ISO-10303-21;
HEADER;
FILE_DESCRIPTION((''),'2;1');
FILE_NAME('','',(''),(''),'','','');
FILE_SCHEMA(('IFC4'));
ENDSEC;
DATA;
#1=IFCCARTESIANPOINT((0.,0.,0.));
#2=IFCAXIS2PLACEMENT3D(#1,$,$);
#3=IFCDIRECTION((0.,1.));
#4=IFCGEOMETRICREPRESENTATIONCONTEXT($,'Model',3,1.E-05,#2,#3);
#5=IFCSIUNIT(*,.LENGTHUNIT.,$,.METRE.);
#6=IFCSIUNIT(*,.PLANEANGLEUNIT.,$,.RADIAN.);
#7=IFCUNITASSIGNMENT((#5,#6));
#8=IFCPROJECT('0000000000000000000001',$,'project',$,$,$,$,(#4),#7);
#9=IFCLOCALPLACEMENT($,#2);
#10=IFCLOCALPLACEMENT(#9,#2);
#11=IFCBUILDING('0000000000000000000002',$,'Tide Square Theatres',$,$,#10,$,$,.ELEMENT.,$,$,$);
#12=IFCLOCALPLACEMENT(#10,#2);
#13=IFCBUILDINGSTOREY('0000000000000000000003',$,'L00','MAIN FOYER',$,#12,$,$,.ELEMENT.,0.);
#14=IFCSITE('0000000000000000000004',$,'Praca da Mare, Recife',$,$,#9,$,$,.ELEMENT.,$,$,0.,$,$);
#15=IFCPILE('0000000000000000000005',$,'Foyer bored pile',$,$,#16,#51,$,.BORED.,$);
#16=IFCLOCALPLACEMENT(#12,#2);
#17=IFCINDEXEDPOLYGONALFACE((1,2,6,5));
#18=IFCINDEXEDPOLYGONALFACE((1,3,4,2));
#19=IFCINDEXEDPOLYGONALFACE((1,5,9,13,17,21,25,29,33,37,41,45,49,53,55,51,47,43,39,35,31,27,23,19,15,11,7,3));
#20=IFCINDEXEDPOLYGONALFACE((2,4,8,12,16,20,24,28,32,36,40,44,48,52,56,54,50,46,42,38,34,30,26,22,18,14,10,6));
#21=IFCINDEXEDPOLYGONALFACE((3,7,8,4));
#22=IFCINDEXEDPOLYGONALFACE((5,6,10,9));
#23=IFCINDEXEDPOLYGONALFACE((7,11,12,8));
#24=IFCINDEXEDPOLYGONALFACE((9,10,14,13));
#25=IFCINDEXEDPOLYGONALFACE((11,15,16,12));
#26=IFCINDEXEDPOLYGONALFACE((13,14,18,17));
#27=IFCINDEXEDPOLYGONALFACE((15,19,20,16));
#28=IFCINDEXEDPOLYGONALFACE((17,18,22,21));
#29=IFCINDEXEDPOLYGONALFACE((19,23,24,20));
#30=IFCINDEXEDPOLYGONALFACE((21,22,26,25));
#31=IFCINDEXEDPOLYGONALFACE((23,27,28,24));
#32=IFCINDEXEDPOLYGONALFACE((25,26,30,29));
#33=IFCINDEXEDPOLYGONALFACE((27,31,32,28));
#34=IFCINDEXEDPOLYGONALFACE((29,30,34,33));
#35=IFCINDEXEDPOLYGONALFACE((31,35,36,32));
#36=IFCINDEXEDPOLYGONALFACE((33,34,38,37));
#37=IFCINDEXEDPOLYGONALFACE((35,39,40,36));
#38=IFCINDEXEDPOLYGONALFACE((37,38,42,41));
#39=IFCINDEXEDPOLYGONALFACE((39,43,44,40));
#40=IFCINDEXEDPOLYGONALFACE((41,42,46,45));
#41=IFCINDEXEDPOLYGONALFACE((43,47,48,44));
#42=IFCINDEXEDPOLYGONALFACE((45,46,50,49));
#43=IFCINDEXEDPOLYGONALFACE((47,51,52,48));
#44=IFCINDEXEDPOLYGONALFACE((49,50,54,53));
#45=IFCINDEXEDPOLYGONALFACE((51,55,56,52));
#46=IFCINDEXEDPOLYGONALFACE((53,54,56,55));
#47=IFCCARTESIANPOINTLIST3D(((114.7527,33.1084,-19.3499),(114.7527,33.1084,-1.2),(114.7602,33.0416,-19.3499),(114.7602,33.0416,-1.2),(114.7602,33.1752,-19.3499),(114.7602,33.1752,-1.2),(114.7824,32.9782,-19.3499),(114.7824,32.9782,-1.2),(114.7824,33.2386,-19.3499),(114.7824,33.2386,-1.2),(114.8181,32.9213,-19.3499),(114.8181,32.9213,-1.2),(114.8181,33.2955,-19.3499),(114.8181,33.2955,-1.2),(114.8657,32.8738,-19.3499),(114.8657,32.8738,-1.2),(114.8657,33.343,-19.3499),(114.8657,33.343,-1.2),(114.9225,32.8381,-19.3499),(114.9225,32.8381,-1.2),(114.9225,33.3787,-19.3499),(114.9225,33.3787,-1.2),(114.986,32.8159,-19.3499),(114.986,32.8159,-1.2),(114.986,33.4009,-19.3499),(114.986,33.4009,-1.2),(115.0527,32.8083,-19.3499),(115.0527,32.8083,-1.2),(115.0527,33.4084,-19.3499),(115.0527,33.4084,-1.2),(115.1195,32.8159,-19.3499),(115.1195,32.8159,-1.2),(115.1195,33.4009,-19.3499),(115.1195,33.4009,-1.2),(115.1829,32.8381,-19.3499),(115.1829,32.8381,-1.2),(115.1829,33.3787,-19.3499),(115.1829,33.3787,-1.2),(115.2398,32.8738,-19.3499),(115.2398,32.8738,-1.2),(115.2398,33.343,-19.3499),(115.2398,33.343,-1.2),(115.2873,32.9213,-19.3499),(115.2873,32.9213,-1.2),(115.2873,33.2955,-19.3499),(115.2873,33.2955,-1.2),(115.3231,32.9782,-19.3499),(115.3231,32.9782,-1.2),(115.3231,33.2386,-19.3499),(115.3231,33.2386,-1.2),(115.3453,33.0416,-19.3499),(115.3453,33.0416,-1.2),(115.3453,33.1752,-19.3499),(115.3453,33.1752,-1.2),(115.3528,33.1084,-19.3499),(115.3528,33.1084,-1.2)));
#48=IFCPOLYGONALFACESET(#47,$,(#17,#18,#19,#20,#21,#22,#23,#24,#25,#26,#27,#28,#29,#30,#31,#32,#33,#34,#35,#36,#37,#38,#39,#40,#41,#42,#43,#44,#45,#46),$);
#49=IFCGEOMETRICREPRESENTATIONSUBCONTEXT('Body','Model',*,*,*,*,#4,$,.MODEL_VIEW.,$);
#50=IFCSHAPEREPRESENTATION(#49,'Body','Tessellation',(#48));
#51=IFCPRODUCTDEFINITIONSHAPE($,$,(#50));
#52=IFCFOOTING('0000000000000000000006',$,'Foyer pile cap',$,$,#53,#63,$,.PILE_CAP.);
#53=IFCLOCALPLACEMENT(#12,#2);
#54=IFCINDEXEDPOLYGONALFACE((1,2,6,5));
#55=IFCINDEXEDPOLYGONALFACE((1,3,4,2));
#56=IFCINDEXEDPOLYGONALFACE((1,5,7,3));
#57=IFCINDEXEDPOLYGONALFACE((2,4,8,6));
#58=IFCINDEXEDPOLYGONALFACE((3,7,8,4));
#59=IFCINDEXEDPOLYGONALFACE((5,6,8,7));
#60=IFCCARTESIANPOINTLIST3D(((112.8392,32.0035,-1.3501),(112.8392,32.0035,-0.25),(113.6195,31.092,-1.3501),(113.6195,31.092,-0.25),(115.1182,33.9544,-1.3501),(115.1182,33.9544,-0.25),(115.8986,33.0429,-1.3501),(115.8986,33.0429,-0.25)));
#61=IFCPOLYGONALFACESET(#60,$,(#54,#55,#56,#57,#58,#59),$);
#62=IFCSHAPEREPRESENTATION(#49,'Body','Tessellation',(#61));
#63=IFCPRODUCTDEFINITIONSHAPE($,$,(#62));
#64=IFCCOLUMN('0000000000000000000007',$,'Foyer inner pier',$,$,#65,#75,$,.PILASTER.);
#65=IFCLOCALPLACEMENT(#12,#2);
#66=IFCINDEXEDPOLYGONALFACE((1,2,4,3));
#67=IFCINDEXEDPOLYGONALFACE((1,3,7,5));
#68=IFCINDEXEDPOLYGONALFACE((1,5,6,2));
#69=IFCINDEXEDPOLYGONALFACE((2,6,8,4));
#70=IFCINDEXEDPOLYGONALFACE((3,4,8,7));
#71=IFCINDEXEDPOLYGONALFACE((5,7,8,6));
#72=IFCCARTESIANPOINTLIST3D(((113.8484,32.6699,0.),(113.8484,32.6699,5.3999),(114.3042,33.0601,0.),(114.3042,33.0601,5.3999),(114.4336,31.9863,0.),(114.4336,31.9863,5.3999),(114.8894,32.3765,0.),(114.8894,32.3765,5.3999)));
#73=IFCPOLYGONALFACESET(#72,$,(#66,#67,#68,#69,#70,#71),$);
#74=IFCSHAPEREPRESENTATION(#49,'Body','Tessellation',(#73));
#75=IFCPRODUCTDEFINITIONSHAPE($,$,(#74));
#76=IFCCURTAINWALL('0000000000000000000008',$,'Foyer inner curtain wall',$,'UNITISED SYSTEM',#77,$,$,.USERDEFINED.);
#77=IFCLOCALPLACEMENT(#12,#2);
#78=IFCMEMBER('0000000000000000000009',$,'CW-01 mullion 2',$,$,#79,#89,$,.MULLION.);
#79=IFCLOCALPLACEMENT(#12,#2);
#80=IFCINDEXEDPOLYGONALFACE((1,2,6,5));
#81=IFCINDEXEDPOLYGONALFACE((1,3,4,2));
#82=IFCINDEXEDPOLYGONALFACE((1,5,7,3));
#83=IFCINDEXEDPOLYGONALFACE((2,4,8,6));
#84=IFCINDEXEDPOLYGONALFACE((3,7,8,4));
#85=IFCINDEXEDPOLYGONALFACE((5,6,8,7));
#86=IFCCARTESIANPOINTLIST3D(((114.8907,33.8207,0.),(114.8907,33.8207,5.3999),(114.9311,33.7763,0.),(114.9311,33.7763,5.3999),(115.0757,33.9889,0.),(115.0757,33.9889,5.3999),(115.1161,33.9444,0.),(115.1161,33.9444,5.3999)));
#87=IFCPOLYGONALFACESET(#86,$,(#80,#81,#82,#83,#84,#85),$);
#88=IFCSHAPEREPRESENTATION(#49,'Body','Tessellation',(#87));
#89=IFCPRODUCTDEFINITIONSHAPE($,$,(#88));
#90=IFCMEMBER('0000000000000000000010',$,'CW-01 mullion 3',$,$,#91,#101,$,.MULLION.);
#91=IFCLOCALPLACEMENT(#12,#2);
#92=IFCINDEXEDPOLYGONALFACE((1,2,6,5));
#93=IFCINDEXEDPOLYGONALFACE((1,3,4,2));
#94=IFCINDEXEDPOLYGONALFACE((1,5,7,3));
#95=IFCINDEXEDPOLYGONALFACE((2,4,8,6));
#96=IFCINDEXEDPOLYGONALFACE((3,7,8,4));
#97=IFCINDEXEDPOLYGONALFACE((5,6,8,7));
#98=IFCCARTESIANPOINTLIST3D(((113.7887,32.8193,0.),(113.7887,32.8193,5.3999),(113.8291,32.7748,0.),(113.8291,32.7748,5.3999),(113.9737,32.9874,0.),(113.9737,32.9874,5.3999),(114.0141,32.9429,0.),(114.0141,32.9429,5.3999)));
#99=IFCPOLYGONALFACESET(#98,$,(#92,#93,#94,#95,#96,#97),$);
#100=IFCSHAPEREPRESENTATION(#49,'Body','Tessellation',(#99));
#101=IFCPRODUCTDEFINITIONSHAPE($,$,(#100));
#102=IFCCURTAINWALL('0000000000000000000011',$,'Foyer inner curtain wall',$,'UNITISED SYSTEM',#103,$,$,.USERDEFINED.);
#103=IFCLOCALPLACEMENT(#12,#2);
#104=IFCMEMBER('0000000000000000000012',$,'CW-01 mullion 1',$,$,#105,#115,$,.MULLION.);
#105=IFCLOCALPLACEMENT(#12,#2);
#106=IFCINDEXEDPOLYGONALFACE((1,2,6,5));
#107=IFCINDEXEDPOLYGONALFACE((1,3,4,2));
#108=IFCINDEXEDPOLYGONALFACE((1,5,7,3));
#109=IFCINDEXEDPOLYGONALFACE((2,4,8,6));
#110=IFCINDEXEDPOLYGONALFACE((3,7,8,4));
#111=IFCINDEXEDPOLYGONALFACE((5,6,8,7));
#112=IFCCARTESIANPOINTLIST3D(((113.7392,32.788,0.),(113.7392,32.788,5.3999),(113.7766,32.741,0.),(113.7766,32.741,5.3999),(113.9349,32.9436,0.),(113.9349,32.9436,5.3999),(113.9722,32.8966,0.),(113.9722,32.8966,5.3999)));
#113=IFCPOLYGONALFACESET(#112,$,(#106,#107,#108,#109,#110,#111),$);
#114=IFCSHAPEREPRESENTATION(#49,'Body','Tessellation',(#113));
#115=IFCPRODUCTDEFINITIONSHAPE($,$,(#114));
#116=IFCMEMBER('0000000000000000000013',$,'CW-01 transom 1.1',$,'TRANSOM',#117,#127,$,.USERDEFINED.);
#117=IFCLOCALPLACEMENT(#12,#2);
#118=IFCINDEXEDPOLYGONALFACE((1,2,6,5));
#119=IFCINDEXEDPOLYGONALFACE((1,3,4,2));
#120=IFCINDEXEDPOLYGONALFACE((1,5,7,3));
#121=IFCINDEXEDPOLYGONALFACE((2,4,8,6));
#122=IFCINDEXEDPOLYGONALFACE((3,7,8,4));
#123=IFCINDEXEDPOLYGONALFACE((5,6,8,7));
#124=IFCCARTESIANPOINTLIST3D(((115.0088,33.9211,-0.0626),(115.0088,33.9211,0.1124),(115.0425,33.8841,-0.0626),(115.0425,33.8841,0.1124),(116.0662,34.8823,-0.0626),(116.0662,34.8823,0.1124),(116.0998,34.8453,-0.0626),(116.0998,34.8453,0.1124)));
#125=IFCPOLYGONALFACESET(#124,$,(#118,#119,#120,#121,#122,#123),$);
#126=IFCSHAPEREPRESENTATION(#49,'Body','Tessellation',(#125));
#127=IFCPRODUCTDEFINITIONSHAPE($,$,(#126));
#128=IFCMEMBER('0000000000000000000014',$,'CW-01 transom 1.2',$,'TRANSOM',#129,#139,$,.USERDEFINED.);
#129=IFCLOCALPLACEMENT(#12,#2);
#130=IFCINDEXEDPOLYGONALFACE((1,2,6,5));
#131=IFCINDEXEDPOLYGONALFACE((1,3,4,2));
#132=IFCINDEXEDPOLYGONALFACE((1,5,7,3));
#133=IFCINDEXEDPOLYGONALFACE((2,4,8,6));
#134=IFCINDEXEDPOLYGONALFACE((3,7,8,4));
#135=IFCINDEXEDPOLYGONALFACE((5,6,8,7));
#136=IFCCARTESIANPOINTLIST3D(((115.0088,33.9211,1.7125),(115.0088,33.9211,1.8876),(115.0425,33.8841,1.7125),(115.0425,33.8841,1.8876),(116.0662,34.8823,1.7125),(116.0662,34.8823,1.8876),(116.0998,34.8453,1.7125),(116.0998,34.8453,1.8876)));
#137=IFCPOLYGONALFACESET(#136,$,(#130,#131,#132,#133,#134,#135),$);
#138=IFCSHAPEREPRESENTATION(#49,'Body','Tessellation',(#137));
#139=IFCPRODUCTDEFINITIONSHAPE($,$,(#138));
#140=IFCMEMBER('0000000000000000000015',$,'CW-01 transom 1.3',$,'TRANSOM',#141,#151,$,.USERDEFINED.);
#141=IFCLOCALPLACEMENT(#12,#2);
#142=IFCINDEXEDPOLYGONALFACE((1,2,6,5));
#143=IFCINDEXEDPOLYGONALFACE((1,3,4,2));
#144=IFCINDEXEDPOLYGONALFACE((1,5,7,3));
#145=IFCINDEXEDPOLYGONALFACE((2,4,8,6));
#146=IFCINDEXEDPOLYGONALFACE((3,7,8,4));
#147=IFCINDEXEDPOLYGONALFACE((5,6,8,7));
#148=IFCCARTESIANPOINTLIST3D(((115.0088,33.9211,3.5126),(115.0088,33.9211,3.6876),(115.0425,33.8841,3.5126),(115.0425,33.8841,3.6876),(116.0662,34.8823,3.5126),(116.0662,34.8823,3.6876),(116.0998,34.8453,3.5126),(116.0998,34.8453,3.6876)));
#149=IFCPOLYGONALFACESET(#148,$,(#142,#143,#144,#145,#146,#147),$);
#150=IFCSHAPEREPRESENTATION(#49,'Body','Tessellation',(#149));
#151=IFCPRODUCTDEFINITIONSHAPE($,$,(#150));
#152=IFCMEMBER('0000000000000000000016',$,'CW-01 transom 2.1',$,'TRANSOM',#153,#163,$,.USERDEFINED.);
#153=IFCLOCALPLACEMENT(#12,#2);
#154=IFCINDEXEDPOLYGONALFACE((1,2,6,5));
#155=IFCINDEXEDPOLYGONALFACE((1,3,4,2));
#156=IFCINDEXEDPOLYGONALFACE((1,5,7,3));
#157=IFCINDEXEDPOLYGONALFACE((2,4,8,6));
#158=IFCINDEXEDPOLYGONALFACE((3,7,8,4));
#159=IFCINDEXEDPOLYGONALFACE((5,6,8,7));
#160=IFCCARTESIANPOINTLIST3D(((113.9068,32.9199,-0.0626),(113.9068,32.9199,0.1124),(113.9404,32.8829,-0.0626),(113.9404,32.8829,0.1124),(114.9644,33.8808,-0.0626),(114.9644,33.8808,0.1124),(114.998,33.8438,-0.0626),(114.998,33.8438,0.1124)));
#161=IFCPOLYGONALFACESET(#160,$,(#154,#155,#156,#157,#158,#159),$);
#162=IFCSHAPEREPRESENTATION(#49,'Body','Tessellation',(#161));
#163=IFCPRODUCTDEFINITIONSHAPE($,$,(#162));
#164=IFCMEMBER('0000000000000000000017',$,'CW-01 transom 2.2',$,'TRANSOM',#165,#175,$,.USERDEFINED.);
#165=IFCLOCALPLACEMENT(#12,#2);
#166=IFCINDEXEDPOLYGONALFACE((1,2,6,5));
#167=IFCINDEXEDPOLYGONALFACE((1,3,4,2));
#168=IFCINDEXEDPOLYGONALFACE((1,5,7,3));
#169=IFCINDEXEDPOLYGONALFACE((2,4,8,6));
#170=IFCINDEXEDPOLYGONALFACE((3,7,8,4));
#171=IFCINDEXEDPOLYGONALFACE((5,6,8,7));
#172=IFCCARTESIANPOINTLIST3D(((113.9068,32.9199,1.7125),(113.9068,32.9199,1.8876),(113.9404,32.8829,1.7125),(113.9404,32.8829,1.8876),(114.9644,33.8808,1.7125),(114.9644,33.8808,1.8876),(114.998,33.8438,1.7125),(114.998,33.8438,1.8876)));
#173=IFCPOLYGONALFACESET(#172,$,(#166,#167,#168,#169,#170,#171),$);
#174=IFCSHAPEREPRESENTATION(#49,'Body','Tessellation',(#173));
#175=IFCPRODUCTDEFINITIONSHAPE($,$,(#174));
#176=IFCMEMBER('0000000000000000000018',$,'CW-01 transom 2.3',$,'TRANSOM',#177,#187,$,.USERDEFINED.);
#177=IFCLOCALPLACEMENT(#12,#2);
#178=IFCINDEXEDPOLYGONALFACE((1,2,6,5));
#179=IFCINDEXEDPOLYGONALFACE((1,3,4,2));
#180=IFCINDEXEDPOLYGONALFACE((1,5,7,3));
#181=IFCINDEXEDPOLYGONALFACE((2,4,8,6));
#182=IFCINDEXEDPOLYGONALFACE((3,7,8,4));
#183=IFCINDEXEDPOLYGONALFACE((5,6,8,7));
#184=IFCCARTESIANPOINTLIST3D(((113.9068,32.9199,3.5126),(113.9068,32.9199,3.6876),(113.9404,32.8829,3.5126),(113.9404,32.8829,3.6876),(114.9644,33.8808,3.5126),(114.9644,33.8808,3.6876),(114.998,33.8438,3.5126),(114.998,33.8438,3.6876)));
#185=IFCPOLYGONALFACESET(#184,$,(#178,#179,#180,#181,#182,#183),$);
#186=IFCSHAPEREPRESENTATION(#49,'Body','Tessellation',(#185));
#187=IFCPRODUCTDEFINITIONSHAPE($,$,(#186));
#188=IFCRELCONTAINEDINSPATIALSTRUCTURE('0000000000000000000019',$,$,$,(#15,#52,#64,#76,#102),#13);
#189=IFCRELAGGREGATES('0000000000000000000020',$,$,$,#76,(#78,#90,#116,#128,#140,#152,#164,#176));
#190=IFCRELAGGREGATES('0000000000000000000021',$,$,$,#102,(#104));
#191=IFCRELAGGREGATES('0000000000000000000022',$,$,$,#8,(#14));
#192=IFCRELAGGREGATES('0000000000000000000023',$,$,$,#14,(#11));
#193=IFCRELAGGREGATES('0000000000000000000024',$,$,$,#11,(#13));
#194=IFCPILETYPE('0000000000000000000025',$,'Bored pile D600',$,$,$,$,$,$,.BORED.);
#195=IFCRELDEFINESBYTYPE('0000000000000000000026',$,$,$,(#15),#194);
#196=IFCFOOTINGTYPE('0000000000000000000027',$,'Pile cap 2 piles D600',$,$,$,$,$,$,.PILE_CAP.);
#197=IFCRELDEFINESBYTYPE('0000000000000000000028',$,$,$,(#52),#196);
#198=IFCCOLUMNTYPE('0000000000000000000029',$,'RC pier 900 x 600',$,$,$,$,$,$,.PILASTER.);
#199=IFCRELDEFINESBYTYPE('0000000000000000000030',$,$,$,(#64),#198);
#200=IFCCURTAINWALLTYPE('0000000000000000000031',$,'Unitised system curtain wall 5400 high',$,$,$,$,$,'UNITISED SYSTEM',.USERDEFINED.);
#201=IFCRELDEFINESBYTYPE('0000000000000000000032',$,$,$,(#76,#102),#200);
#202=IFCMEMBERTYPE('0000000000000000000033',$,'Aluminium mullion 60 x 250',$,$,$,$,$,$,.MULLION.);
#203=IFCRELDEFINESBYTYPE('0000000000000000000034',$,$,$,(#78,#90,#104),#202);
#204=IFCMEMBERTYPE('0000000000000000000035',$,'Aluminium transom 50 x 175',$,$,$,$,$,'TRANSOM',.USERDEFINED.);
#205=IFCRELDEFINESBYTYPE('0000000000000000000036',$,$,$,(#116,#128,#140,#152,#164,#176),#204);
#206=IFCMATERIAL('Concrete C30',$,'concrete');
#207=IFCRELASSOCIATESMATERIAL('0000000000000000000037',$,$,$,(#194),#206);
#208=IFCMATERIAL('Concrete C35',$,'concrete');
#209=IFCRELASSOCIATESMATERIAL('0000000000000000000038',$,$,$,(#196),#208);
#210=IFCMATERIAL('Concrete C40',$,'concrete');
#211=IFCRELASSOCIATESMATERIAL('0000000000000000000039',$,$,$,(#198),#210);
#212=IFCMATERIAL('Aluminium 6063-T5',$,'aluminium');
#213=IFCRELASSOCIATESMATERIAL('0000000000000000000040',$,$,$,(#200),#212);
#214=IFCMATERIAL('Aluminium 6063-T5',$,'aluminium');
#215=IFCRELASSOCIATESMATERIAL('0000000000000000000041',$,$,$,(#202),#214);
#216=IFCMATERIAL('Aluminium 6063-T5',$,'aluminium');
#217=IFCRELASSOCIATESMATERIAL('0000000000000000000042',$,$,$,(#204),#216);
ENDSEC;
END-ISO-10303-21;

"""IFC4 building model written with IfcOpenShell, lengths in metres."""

from ifc_helpers import new_model, si_unit, direction, frame, origin, origin_2d, place, context, subcontext, project, spatial, rectangle, circle, extrude, material, material_profile, profile_set, type_object, element, aggregate, save


model = new_model("IFC4")

# Units and contexts
model_context = context("Model", 3, precision=1e-05, world=origin(), true_north=direction((0.0, 1.0)))
body_context = subcontext(model_context, "Body", "Model", "MODEL_VIEW")
ifc_project = project(units=[si_unit("LENGTHUNIT", "METRE"), si_unit("PLANEANGLEUNIT", "RADIAN")], contexts=[model_context])

# Site, building, storey
site_placement = place(None, origin())
site = spatial("IfcSite", under=ifc_project, at=site_placement, Name="Praca da Mare, Recife", CompositionType="ELEMENT", RefElevation=0.0)
building_placement = place(site_placement, origin())
building = spatial("IfcBuilding", under=site, at=building_placement, Name="Tide Square Theatres", CompositionType="ELEMENT")
storey_placement = place(building_placement, origin())
storey = spatial("IfcBuildingStorey", under=building, at=storey_placement, Name="L00", Description="MAIN FOYER", CompositionType="ELEMENT", Elevation=0.0)

# Pile
ifc_material_1 = material(Name="Concrete C30", Category="concrete")
ifc_material_profile_1 = material_profile(ifc_material_1, circle(Radius=0.3, at=origin_2d()))
ifc_profile_set_1 = profile_set([ifc_material_profile_1], Name="Concrete C30")
pile_type = type_object("IfcPileType", Name="Bored pile D600", PredefinedType="BORED", material=ifc_profile_set_1)
pile_placement = place(storey_placement, frame((115.0527, 33.1084, -1.2), z_axis=(0.0, 0.0, -1.0), x_axis=(1.0, 0.0, 0.0)))
element("IfcPile", 1, at=pile_placement, inside=storey, type_object=pile_type, Name="Foyer bored pile", PredefinedType="BORED", context=body_context, shape_type="SweptSolid", body=[
    extrude(circle(Radius=0.3, at=origin_2d()), origin(), (0.0, 0.0, 1.0), 18.1499),
])

# Footing
ifc_material_2 = material(Name="Concrete C35", Category="concrete")
footing_type = type_object("IfcFootingType", Name="Pile cap 2 piles D600", PredefinedType="PILE_CAP", material=ifc_material_2)
footing_placement = place(storey_placement, frame((114.3689, 32.5232, -1.3501), z_axis=(0.0, 0.0, 1.0), x_axis=(0.759677, 0.650301, 0.0)))
element("IfcFooting", 2, at=footing_placement, inside=storey, type_object=footing_type, Name="Foyer pile cap", PredefinedType="PILE_CAP", context=body_context, shape_type="SweptSolid", body=[
    extrude(rectangle(XDim=3.0, YDim=1.2, at=origin_2d()), origin(), (0.0, 0.0, 1.0), 1.1001),
])

# Column
ifc_material_3 = material(Name="Concrete C40", Category="concrete")
ifc_material_profile_2 = material_profile(ifc_material_3, rectangle(XDim=0.8999, YDim=0.6001, at=origin_2d()))
ifc_profile_set_2 = profile_set([ifc_material_profile_2], Name="Concrete C40")
column_type = type_object("IfcColumnType", Name="RC pier 900 x 600", PredefinedType="PILASTER", material=ifc_profile_set_2)
column_placement = place(storey_placement, frame((114.3689, 32.5232, 0.0), z_axis=(0.0, 0.0, 1.0), x_axis=(0.650301, -0.759677, 0.0)))
element("IfcColumn", 3, at=column_placement, inside=storey, type_object=column_type, Name="Foyer inner pier", PredefinedType="PILASTER", context=body_context, shape_type="SweptSolid", body=[
    extrude(rectangle(XDim=0.8999, YDim=0.6001, at=origin_2d()), origin(), (0.0, 0.0, 1.0), 5.3999),
])

# Curtain wall, members
ifc_material_4 = material(Name="Aluminium 6063-T5", Category="aluminium")
curtain_wall_type = type_object("IfcCurtainWallType", Name="Unitised system curtain wall 5400 high", ElementType="UNITISED SYSTEM", PredefinedType="USERDEFINED", material=ifc_material_4)
curtain_wall_1_placement = place(storey_placement, origin())
curtain_wall_1 = element("IfcCurtainWall", 4, at=curtain_wall_1_placement, inside=storey, type_object=curtain_wall_type, Name="Foyer inner curtain wall", ObjectType="UNITISED SYSTEM", PredefinedType="USERDEFINED")
ifc_material_5 = material(Name="Aluminium 6063-T5", Category="aluminium")
ifc_material_profile_3 = material_profile(ifc_material_5, rectangle(XDim=0.0601, YDim=0.25, at=origin_2d()))
ifc_profile_set_3 = profile_set([ifc_material_profile_3], Name="Aluminium 6063-T5")
member_type_1 = type_object("IfcMemberType", Name="Aluminium mullion 60 x 250", PredefinedType="MULLION", material=ifc_profile_set_3)
member_1_placement = place(storey_placement, frame((115.0034, 33.8826, 0.0), z_axis=(0.0, 0.0, 1.0), x_axis=(0.672527, -0.740073, 0.0)))
member_1 = element("IfcMember", 5, at=member_1_placement, type_object=member_type_1, Name="CW-01 mullion 2", PredefinedType="MULLION", context=body_context, shape_type="SweptSolid", body=[
    extrude(rectangle(XDim=0.0601, YDim=0.25, at=origin_2d()), origin(), (0.0, 0.0, 1.0), 5.3999),
])
member_2_placement = place(storey_placement, frame((113.9014, 32.8811, 0.0), z_axis=(0.0, 0.0, 1.0), x_axis=(0.672527, -0.740073, 0.0)))
member_2 = element("IfcMember", 6, at=member_2_placement, type_object=member_type_1, Name="CW-01 mullion 3", PredefinedType="MULLION", context=body_context, shape_type="SweptSolid", body=[
    extrude(rectangle(XDim=0.0601, YDim=0.25, at=origin_2d()), origin(), (0.0, 0.0, 1.0), 5.3999),
])

# Curtain wall, member
curtain_wall_2_placement = place(storey_placement, origin())
curtain_wall_2 = element("IfcCurtainWall", 7, at=curtain_wall_2_placement, inside=storey, type_object=curtain_wall_type, Name="Foyer inner curtain wall", ObjectType="UNITISED SYSTEM", PredefinedType="USERDEFINED")
member_3_placement = place(storey_placement, frame((113.8557, 32.8423, 0.0), z_axis=(0.0, 0.0, 1.0), x_axis=(0.62234, -0.782747, 0.0)))
member_3 = element("IfcMember", 8, at=member_3_placement, type_object=member_type_1, Name="CW-01 mullion 1", PredefinedType="MULLION", context=body_context, shape_type="SweptSolid", body=[
    extrude(rectangle(XDim=0.0601, YDim=0.25, at=origin_2d()), origin(), (0.0, 0.0, 1.0), 5.3999),
])

# Members
ifc_material_6 = material(Name="Aluminium 6063-T5", Category="aluminium")
ifc_material_profile_4 = material_profile(ifc_material_6, rectangle(XDim=0.05, YDim=0.175, at=origin_2d()))
ifc_profile_set_4 = profile_set([ifc_material_profile_4], Name="Aluminium 6063-T5")
member_type_2 = type_object("IfcMemberType", Name="Aluminium transom 50 x 175", ElementType="TRANSOM", PredefinedType="USERDEFINED", material=ifc_profile_set_4)
member_4_placement = place(storey_placement, frame((116.083, 34.8638, 0.0249), z_axis=(-0.739963, -0.672647, 0.0), x_axis=(0.672647, -0.739963, 0.0)))
member_4 = element("IfcMember", 9, at=member_4_placement, type_object=member_type_2, Name="CW-01 transom 1.1", ObjectType="TRANSOM", PredefinedType="USERDEFINED", context=body_context, shape_type="SweptSolid", body=[
    extrude(rectangle(XDim=0.05, YDim=0.175, at=origin_2d()), origin(), (0.0, 0.0, 1.0), 1.429),
])
member_5_placement = place(storey_placement, frame((116.083, 34.8638, 1.8), z_axis=(-0.739963, -0.672647, 0.0), x_axis=(0.672647, -0.739963, 0.0)))
member_5 = element("IfcMember", 10, at=member_5_placement, type_object=member_type_2, Name="CW-01 transom 1.2", ObjectType="TRANSOM", PredefinedType="USERDEFINED", context=body_context, shape_type="SweptSolid", body=[
    extrude(rectangle(XDim=0.05, YDim=0.175, at=origin_2d()), origin(), (0.0, 0.0, 1.0), 1.429),
])
member_6_placement = place(storey_placement, frame((116.083, 34.8638, 3.6001), z_axis=(-0.739963, -0.672647, 0.0), x_axis=(0.672647, -0.739963, 0.0)))
member_6 = element("IfcMember", 11, at=member_6_placement, type_object=member_type_2, Name="CW-01 transom 1.3", ObjectType="TRANSOM", PredefinedType="USERDEFINED", context=body_context, shape_type="SweptSolid", body=[
    extrude(rectangle(XDim=0.05, YDim=0.175, at=origin_2d()), origin(), (0.0, 0.0, 1.0), 1.429),
])
member_7_placement = place(storey_placement, frame((114.9812, 33.8623, 0.0249), z_axis=(-0.740126, -0.672469, 0.0), x_axis=(0.672469, -0.740126, 0.0)))
member_7 = element("IfcMember", 12, at=member_7_placement, type_object=member_type_2, Name="CW-01 transom 2.1", ObjectType="TRANSOM", PredefinedType="USERDEFINED", context=body_context, shape_type="SweptSolid", body=[
    extrude(rectangle(XDim=0.05, YDim=0.175, at=origin_2d()), origin(), (0.0, 0.0, 1.0), 1.429),
])
member_8_placement = place(storey_placement, frame((114.9812, 33.8623, 1.8), z_axis=(-0.740126, -0.672469, 0.0), x_axis=(0.672469, -0.740126, 0.0)))
member_8 = element("IfcMember", 13, at=member_8_placement, type_object=member_type_2, Name="CW-01 transom 2.2", ObjectType="TRANSOM", PredefinedType="USERDEFINED", context=body_context, shape_type="SweptSolid", body=[
    extrude(rectangle(XDim=0.05, YDim=0.175, at=origin_2d()), origin(), (0.0, 0.0, 1.0), 1.429),
])
member_9_placement = place(storey_placement, frame((114.9812, 33.8623, 3.6001), z_axis=(-0.740126, -0.672469, 0.0), x_axis=(0.672469, -0.740126, 0.0)))
member_9 = element("IfcMember", 14, at=member_9_placement, type_object=member_type_2, Name="CW-01 transom 2.3", ObjectType="TRANSOM", PredefinedType="USERDEFINED", context=body_context, shape_type="SweptSolid", body=[
    extrude(rectangle(XDim=0.05, YDim=0.175, at=origin_2d()), origin(), (0.0, 0.0, 1.0), 1.429),
])

aggregate(curtain_wall_1, [member_1, member_2, member_4, member_5, member_6, member_7, member_8, member_9])
aggregate(curtain_wall_2, [member_3])

save(model, "model.ifc")
